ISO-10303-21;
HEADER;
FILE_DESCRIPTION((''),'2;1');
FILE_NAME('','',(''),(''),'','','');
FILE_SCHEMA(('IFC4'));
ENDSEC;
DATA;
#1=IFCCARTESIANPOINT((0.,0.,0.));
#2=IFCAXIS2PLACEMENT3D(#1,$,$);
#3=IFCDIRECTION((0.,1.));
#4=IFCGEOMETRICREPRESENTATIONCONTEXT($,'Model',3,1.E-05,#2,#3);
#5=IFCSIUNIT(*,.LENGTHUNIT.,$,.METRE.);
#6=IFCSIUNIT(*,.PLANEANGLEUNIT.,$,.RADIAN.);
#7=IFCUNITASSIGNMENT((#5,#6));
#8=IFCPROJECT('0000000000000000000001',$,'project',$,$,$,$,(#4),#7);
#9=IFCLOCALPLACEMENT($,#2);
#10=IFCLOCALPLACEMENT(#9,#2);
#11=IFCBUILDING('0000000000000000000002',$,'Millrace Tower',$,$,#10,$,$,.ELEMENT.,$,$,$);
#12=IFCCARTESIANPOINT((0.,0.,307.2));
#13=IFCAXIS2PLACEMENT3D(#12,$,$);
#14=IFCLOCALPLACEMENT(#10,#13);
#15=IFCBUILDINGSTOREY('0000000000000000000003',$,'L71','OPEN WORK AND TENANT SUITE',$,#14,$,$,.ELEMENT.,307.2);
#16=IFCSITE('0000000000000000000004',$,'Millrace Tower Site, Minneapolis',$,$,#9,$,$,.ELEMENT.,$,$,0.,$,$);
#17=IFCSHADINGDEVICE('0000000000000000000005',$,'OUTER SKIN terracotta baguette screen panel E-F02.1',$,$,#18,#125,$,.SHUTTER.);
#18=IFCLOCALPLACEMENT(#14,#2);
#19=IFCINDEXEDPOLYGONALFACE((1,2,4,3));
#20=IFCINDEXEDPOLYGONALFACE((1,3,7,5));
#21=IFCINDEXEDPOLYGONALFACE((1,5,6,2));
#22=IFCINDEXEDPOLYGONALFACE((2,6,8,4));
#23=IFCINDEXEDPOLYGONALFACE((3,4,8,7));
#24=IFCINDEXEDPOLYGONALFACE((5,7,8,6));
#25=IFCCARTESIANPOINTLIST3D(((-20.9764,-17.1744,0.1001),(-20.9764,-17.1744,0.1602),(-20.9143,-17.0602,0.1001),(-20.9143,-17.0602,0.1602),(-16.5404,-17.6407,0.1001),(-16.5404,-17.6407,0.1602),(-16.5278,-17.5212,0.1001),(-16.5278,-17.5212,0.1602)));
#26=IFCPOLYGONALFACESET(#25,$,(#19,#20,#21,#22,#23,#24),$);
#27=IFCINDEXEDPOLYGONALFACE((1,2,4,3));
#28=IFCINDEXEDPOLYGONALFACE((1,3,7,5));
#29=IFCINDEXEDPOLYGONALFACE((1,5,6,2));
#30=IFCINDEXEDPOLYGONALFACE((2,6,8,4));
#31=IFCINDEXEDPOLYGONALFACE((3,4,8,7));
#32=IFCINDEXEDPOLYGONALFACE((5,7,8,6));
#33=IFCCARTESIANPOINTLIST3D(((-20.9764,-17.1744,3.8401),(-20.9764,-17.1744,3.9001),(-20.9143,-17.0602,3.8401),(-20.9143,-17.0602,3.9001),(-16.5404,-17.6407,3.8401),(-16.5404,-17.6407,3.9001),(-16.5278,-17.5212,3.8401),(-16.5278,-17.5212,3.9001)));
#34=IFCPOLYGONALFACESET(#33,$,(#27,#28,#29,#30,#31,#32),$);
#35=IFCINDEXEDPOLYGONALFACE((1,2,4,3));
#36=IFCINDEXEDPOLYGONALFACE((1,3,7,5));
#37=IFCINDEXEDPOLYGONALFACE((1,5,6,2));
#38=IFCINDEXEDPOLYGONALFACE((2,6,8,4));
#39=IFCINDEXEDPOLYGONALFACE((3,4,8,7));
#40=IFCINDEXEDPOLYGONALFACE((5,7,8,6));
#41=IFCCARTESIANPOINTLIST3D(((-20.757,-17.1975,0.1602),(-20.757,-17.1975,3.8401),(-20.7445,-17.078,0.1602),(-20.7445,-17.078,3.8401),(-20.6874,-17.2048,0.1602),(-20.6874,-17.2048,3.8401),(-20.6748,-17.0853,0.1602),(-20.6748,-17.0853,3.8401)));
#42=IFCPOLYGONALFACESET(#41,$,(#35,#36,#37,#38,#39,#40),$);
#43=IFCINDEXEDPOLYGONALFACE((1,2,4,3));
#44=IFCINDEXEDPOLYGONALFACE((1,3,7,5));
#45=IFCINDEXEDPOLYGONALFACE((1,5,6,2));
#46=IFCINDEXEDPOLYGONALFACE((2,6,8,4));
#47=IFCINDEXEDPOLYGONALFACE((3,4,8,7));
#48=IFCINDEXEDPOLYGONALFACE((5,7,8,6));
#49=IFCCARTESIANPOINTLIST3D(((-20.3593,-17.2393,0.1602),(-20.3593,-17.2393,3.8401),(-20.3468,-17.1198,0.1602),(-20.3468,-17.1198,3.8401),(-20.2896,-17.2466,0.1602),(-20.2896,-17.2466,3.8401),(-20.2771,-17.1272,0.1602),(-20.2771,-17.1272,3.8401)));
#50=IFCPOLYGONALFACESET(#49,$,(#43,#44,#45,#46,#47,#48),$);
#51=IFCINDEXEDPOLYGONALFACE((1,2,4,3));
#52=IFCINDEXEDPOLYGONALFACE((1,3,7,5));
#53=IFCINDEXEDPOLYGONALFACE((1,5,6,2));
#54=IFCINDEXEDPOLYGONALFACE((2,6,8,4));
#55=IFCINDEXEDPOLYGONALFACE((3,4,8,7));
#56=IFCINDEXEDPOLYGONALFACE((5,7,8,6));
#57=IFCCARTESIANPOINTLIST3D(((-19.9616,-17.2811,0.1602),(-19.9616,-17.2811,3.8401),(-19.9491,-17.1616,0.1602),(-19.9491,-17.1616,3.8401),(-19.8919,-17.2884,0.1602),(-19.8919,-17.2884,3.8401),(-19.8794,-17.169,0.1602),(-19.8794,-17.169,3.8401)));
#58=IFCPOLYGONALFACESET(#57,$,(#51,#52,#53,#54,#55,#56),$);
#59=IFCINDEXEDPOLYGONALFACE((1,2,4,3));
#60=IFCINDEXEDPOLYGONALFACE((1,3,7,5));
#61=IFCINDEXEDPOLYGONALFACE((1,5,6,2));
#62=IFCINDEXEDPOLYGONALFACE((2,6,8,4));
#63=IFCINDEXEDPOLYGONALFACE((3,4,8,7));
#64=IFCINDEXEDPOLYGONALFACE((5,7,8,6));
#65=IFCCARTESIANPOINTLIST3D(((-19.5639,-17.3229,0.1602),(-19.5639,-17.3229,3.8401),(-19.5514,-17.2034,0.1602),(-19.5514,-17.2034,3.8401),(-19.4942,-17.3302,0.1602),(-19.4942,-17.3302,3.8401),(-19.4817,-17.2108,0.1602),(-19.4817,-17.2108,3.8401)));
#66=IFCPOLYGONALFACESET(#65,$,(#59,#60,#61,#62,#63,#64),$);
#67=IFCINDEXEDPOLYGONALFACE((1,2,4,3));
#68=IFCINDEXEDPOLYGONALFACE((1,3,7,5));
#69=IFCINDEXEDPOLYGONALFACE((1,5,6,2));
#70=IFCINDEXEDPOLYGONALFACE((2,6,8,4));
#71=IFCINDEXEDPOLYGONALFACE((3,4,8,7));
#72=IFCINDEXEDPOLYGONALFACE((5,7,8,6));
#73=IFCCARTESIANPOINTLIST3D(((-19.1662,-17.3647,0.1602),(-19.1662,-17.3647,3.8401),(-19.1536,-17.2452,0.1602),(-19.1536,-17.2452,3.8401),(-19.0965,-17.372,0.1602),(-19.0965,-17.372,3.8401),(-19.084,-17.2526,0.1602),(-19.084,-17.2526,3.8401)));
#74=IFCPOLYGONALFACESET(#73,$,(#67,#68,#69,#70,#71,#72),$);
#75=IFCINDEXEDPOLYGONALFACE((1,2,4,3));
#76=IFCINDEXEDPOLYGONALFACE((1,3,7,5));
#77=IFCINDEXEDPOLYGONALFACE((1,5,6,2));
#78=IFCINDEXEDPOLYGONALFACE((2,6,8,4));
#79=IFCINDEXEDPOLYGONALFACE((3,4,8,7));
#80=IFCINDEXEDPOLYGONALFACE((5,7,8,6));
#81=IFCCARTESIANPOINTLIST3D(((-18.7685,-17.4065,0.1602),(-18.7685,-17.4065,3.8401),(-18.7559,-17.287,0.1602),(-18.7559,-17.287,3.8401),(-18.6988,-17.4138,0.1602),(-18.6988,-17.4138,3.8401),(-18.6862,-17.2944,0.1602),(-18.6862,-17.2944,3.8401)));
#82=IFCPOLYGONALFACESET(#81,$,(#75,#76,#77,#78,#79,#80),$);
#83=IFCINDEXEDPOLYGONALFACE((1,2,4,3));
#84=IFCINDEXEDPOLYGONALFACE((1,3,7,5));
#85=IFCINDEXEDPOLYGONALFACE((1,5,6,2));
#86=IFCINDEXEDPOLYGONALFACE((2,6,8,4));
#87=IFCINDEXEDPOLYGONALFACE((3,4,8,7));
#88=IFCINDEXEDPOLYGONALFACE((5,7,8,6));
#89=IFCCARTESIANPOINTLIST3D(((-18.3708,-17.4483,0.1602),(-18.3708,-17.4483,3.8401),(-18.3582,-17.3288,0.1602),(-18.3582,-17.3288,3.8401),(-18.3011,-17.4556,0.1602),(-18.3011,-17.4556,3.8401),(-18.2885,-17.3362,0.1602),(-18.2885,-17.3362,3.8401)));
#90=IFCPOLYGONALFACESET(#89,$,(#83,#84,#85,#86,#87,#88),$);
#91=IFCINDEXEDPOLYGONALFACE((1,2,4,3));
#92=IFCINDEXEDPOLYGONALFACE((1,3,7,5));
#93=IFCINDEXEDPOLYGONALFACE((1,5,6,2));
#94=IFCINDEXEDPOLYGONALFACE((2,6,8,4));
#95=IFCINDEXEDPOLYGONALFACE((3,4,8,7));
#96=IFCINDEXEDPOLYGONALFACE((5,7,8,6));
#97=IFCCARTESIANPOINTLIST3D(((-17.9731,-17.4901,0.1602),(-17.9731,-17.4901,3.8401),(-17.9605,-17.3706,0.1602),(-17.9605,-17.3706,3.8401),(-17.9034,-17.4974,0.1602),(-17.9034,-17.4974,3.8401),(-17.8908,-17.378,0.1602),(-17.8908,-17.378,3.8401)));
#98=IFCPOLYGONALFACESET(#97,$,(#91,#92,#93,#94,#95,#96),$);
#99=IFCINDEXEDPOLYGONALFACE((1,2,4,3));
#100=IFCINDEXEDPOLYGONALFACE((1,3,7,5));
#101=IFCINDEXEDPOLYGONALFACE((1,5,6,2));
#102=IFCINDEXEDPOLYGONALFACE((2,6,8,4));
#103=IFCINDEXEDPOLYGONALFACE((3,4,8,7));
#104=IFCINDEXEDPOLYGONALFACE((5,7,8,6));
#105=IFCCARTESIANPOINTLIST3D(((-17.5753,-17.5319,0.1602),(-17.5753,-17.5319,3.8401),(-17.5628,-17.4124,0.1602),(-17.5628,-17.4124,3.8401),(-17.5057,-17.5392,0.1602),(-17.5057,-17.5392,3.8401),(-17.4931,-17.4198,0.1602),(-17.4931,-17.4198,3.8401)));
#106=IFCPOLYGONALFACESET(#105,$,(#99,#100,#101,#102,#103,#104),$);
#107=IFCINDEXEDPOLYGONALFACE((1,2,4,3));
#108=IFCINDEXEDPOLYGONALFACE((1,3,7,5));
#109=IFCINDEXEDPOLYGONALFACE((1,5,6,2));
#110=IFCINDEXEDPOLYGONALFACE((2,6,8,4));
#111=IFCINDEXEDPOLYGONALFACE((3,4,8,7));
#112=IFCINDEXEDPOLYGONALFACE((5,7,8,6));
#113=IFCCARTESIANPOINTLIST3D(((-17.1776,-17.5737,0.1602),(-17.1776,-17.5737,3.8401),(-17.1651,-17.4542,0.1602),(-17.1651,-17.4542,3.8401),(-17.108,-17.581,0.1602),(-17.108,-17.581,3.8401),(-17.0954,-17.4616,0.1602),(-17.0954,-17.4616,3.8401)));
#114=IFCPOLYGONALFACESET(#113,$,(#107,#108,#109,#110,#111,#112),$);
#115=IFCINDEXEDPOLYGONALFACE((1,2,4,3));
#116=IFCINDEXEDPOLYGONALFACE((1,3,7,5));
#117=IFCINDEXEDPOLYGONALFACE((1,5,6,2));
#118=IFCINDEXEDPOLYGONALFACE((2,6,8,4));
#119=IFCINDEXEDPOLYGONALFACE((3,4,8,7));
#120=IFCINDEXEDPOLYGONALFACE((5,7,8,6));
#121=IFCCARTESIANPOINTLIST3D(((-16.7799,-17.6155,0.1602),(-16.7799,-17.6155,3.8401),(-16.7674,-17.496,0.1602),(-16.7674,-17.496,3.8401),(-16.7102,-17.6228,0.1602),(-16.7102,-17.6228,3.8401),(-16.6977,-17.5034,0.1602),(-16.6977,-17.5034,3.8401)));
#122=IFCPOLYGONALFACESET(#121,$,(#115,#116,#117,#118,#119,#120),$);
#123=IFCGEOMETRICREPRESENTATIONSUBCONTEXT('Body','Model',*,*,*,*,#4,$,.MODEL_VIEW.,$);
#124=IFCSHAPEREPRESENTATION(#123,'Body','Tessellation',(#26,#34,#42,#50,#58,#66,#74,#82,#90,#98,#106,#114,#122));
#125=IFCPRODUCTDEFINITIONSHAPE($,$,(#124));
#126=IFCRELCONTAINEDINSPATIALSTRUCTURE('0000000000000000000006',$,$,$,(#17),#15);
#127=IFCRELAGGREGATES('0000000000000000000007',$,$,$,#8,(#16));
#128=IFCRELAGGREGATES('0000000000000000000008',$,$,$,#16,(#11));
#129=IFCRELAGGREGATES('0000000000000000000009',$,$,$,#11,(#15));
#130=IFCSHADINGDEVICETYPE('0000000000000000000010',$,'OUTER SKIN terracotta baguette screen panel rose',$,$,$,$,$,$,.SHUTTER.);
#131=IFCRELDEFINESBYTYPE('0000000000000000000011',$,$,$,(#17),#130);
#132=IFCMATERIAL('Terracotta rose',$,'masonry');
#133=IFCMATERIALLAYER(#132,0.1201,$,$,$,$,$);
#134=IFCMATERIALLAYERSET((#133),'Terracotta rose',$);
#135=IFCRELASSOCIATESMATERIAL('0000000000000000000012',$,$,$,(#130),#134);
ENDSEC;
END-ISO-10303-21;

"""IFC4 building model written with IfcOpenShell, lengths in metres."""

from ifc_helpers import new_model, entity, si_unit, direction, frame, frame_2d, origin, place, context, subcontext, project, spatial, rectangle, extrude, source, transform, mapped, material, layer, layer_set, type_object, element, save


model = new_model("IFC4")

# Units and contexts
model_context = context("Model", 3, precision=1e-05, world=origin(), true_north=direction((0.0, 1.0)))
body_context = subcontext(model_context, "Body", "Model", "MODEL_VIEW")
ifc_project = project(units=[si_unit("LENGTHUNIT", "METRE"), si_unit("PLANEANGLEUNIT", "RADIAN")], contexts=[model_context])

# Site, building, storey
site_placement = place(None, origin())
site = spatial("IfcSite", under=ifc_project, at=site_placement, Name="Millrace Tower Site, Minneapolis", CompositionType="ELEMENT", RefElevation=0.0)
building_placement = place(site_placement, origin())
building = spatial("IfcBuilding", under=site, at=building_placement, Name="Millrace Tower", CompositionType="ELEMENT")
storey_placement = place(building_placement, frame((0.0, 0.0, 307.2)))
storey = spatial("IfcBuildingStorey", under=building, at=storey_placement, Name="L71", Description="OPEN WORK AND TENANT SUITE", CompositionType="ELEMENT", Elevation=307.2)

# Shading device
ifc_material_1 = material(Name="Terracotta rose", Category="masonry")
ifc_layer_1 = layer(ifc_material_1, 0.1201)
ifc_layer_set_1 = layer_set([ifc_layer_1], Name="Terracotta rose")
shading_device_type = type_object("IfcShadingDeviceType", Name="OUTER SKIN terracotta baguette screen panel rose", PredefinedType="SHUTTER", material=ifc_layer_set_1)
cartesian_point_1 = entity("IfcCartesianPoint", [-2.1929, 0.0601])
shared_polyline_1 = entity("IfcPolyline", [cartesian_point_1, entity("IfcCartesianPoint", [2.2178, 0.0601]), entity("IfcCartesianPoint", [2.2178, -0.0601]), entity("IfcCartesianPoint", [-2.2427, -0.0601]), cartesian_point_1])
shared_shape_1 = source(origin(), body_context, "Body", "SweptSolid", [
    entity("IfcExtrudedAreaSolid", entity("IfcArbitraryClosedProfileDef", "AREA", None, shared_polyline_1), entity("IfcAxis2Placement3D", entity("IfcCartesianPoint", [0.0, 0.0, 0.0])), entity("IfcDirection", [0.0, 0.0, 1.0]), 0.0601),
    entity("IfcExtrudedAreaSolid", entity("IfcArbitraryClosedProfileDef", "AREA", None, shared_polyline_1), entity("IfcAxis2Placement3D", entity("IfcCartesianPoint", [0.0, 0.0, 3.74])), entity("IfcDirection", [0.0, 0.0, 1.0]), 0.0601),
    extrude(rectangle(XDim=0.0701, YDim=0.1201, at=frame_2d((-1.9871, 0.0))), frame((0.0, 0.0, 0.0601)), (0.0, 0.0, 1.0), 3.6799),
    extrude(rectangle(XDim=0.0701, YDim=0.1201, at=frame_2d((-1.5872, 0.0))), frame((0.0, 0.0, 0.0601)), (0.0, 0.0, 1.0), 3.6799),
    extrude(rectangle(XDim=0.0701, YDim=0.1201, at=frame_2d((-1.1873, 0.0))), frame((0.0, 0.0, 0.0601)), (0.0, 0.0, 1.0), 3.6799),
    extrude(rectangle(XDim=0.0701, YDim=0.1201, at=frame_2d((-0.7874, 0.0))), frame((0.0, 0.0, 0.0601)), (0.0, 0.0, 1.0), 3.6799),
    extrude(rectangle(XDim=0.0701, YDim=0.1201, at=frame_2d((-0.3875, 0.0))), frame((0.0, 0.0, 0.0601)), (0.0, 0.0, 1.0), 3.6799),
    extrude(rectangle(XDim=0.0701, YDim=0.1201, at=frame_2d((0.0125, 0.0))), frame((0.0, 0.0, 0.0601)), (0.0, 0.0, 1.0), 3.6799),
    extrude(rectangle(XDim=0.0701, YDim=0.1201, at=frame_2d((0.4124, 0.0))), frame((0.0, 0.0, 0.0601)), (0.0, 0.0, 1.0), 3.6799),
    extrude(rectangle(XDim=0.0701, YDim=0.1201, at=frame_2d((0.8123, 0.0))), frame((0.0, 0.0, 0.0601)), (0.0, 0.0, 1.0), 3.6799),
    extrude(rectangle(XDim=0.0701, YDim=0.1201, at=frame_2d((1.2122, 0.0))), frame((0.0, 0.0, 0.0601)), (0.0, 0.0, 1.0), 3.6799),
    extrude(rectangle(XDim=0.0701, YDim=0.1201, at=frame_2d((1.6121, 0.0))), frame((0.0, 0.0, 0.0601)), (0.0, 0.0, 1.0), 3.6799),
    extrude(rectangle(XDim=0.0701, YDim=0.1201, at=frame_2d((2.012, 0.0))), frame((0.0, 0.0, 0.0601)), (0.0, 0.0, 1.0), 3.6799),
])
shading_device_1_placement = place(storey_placement, frame((-18.7397, -17.3491, 0.1001), z_axis=(0.0, 0.0, 1.0), x_axis=(0.994522, -0.104528, 0.0)))
element("IfcShadingDevice", 1, at=shading_device_1_placement, inside=storey, type_object=shading_device_type, Name="OUTER SKIN terracotta baguette screen panel E-F02.1", PredefinedType="SHUTTER", context=body_context, shape_type="MappedRepresentation", body=[
    mapped(shared_shape_1, transform((0.0, 0.0, 0.0), scale=1.0)),
])

save(model, "model.ifc")
